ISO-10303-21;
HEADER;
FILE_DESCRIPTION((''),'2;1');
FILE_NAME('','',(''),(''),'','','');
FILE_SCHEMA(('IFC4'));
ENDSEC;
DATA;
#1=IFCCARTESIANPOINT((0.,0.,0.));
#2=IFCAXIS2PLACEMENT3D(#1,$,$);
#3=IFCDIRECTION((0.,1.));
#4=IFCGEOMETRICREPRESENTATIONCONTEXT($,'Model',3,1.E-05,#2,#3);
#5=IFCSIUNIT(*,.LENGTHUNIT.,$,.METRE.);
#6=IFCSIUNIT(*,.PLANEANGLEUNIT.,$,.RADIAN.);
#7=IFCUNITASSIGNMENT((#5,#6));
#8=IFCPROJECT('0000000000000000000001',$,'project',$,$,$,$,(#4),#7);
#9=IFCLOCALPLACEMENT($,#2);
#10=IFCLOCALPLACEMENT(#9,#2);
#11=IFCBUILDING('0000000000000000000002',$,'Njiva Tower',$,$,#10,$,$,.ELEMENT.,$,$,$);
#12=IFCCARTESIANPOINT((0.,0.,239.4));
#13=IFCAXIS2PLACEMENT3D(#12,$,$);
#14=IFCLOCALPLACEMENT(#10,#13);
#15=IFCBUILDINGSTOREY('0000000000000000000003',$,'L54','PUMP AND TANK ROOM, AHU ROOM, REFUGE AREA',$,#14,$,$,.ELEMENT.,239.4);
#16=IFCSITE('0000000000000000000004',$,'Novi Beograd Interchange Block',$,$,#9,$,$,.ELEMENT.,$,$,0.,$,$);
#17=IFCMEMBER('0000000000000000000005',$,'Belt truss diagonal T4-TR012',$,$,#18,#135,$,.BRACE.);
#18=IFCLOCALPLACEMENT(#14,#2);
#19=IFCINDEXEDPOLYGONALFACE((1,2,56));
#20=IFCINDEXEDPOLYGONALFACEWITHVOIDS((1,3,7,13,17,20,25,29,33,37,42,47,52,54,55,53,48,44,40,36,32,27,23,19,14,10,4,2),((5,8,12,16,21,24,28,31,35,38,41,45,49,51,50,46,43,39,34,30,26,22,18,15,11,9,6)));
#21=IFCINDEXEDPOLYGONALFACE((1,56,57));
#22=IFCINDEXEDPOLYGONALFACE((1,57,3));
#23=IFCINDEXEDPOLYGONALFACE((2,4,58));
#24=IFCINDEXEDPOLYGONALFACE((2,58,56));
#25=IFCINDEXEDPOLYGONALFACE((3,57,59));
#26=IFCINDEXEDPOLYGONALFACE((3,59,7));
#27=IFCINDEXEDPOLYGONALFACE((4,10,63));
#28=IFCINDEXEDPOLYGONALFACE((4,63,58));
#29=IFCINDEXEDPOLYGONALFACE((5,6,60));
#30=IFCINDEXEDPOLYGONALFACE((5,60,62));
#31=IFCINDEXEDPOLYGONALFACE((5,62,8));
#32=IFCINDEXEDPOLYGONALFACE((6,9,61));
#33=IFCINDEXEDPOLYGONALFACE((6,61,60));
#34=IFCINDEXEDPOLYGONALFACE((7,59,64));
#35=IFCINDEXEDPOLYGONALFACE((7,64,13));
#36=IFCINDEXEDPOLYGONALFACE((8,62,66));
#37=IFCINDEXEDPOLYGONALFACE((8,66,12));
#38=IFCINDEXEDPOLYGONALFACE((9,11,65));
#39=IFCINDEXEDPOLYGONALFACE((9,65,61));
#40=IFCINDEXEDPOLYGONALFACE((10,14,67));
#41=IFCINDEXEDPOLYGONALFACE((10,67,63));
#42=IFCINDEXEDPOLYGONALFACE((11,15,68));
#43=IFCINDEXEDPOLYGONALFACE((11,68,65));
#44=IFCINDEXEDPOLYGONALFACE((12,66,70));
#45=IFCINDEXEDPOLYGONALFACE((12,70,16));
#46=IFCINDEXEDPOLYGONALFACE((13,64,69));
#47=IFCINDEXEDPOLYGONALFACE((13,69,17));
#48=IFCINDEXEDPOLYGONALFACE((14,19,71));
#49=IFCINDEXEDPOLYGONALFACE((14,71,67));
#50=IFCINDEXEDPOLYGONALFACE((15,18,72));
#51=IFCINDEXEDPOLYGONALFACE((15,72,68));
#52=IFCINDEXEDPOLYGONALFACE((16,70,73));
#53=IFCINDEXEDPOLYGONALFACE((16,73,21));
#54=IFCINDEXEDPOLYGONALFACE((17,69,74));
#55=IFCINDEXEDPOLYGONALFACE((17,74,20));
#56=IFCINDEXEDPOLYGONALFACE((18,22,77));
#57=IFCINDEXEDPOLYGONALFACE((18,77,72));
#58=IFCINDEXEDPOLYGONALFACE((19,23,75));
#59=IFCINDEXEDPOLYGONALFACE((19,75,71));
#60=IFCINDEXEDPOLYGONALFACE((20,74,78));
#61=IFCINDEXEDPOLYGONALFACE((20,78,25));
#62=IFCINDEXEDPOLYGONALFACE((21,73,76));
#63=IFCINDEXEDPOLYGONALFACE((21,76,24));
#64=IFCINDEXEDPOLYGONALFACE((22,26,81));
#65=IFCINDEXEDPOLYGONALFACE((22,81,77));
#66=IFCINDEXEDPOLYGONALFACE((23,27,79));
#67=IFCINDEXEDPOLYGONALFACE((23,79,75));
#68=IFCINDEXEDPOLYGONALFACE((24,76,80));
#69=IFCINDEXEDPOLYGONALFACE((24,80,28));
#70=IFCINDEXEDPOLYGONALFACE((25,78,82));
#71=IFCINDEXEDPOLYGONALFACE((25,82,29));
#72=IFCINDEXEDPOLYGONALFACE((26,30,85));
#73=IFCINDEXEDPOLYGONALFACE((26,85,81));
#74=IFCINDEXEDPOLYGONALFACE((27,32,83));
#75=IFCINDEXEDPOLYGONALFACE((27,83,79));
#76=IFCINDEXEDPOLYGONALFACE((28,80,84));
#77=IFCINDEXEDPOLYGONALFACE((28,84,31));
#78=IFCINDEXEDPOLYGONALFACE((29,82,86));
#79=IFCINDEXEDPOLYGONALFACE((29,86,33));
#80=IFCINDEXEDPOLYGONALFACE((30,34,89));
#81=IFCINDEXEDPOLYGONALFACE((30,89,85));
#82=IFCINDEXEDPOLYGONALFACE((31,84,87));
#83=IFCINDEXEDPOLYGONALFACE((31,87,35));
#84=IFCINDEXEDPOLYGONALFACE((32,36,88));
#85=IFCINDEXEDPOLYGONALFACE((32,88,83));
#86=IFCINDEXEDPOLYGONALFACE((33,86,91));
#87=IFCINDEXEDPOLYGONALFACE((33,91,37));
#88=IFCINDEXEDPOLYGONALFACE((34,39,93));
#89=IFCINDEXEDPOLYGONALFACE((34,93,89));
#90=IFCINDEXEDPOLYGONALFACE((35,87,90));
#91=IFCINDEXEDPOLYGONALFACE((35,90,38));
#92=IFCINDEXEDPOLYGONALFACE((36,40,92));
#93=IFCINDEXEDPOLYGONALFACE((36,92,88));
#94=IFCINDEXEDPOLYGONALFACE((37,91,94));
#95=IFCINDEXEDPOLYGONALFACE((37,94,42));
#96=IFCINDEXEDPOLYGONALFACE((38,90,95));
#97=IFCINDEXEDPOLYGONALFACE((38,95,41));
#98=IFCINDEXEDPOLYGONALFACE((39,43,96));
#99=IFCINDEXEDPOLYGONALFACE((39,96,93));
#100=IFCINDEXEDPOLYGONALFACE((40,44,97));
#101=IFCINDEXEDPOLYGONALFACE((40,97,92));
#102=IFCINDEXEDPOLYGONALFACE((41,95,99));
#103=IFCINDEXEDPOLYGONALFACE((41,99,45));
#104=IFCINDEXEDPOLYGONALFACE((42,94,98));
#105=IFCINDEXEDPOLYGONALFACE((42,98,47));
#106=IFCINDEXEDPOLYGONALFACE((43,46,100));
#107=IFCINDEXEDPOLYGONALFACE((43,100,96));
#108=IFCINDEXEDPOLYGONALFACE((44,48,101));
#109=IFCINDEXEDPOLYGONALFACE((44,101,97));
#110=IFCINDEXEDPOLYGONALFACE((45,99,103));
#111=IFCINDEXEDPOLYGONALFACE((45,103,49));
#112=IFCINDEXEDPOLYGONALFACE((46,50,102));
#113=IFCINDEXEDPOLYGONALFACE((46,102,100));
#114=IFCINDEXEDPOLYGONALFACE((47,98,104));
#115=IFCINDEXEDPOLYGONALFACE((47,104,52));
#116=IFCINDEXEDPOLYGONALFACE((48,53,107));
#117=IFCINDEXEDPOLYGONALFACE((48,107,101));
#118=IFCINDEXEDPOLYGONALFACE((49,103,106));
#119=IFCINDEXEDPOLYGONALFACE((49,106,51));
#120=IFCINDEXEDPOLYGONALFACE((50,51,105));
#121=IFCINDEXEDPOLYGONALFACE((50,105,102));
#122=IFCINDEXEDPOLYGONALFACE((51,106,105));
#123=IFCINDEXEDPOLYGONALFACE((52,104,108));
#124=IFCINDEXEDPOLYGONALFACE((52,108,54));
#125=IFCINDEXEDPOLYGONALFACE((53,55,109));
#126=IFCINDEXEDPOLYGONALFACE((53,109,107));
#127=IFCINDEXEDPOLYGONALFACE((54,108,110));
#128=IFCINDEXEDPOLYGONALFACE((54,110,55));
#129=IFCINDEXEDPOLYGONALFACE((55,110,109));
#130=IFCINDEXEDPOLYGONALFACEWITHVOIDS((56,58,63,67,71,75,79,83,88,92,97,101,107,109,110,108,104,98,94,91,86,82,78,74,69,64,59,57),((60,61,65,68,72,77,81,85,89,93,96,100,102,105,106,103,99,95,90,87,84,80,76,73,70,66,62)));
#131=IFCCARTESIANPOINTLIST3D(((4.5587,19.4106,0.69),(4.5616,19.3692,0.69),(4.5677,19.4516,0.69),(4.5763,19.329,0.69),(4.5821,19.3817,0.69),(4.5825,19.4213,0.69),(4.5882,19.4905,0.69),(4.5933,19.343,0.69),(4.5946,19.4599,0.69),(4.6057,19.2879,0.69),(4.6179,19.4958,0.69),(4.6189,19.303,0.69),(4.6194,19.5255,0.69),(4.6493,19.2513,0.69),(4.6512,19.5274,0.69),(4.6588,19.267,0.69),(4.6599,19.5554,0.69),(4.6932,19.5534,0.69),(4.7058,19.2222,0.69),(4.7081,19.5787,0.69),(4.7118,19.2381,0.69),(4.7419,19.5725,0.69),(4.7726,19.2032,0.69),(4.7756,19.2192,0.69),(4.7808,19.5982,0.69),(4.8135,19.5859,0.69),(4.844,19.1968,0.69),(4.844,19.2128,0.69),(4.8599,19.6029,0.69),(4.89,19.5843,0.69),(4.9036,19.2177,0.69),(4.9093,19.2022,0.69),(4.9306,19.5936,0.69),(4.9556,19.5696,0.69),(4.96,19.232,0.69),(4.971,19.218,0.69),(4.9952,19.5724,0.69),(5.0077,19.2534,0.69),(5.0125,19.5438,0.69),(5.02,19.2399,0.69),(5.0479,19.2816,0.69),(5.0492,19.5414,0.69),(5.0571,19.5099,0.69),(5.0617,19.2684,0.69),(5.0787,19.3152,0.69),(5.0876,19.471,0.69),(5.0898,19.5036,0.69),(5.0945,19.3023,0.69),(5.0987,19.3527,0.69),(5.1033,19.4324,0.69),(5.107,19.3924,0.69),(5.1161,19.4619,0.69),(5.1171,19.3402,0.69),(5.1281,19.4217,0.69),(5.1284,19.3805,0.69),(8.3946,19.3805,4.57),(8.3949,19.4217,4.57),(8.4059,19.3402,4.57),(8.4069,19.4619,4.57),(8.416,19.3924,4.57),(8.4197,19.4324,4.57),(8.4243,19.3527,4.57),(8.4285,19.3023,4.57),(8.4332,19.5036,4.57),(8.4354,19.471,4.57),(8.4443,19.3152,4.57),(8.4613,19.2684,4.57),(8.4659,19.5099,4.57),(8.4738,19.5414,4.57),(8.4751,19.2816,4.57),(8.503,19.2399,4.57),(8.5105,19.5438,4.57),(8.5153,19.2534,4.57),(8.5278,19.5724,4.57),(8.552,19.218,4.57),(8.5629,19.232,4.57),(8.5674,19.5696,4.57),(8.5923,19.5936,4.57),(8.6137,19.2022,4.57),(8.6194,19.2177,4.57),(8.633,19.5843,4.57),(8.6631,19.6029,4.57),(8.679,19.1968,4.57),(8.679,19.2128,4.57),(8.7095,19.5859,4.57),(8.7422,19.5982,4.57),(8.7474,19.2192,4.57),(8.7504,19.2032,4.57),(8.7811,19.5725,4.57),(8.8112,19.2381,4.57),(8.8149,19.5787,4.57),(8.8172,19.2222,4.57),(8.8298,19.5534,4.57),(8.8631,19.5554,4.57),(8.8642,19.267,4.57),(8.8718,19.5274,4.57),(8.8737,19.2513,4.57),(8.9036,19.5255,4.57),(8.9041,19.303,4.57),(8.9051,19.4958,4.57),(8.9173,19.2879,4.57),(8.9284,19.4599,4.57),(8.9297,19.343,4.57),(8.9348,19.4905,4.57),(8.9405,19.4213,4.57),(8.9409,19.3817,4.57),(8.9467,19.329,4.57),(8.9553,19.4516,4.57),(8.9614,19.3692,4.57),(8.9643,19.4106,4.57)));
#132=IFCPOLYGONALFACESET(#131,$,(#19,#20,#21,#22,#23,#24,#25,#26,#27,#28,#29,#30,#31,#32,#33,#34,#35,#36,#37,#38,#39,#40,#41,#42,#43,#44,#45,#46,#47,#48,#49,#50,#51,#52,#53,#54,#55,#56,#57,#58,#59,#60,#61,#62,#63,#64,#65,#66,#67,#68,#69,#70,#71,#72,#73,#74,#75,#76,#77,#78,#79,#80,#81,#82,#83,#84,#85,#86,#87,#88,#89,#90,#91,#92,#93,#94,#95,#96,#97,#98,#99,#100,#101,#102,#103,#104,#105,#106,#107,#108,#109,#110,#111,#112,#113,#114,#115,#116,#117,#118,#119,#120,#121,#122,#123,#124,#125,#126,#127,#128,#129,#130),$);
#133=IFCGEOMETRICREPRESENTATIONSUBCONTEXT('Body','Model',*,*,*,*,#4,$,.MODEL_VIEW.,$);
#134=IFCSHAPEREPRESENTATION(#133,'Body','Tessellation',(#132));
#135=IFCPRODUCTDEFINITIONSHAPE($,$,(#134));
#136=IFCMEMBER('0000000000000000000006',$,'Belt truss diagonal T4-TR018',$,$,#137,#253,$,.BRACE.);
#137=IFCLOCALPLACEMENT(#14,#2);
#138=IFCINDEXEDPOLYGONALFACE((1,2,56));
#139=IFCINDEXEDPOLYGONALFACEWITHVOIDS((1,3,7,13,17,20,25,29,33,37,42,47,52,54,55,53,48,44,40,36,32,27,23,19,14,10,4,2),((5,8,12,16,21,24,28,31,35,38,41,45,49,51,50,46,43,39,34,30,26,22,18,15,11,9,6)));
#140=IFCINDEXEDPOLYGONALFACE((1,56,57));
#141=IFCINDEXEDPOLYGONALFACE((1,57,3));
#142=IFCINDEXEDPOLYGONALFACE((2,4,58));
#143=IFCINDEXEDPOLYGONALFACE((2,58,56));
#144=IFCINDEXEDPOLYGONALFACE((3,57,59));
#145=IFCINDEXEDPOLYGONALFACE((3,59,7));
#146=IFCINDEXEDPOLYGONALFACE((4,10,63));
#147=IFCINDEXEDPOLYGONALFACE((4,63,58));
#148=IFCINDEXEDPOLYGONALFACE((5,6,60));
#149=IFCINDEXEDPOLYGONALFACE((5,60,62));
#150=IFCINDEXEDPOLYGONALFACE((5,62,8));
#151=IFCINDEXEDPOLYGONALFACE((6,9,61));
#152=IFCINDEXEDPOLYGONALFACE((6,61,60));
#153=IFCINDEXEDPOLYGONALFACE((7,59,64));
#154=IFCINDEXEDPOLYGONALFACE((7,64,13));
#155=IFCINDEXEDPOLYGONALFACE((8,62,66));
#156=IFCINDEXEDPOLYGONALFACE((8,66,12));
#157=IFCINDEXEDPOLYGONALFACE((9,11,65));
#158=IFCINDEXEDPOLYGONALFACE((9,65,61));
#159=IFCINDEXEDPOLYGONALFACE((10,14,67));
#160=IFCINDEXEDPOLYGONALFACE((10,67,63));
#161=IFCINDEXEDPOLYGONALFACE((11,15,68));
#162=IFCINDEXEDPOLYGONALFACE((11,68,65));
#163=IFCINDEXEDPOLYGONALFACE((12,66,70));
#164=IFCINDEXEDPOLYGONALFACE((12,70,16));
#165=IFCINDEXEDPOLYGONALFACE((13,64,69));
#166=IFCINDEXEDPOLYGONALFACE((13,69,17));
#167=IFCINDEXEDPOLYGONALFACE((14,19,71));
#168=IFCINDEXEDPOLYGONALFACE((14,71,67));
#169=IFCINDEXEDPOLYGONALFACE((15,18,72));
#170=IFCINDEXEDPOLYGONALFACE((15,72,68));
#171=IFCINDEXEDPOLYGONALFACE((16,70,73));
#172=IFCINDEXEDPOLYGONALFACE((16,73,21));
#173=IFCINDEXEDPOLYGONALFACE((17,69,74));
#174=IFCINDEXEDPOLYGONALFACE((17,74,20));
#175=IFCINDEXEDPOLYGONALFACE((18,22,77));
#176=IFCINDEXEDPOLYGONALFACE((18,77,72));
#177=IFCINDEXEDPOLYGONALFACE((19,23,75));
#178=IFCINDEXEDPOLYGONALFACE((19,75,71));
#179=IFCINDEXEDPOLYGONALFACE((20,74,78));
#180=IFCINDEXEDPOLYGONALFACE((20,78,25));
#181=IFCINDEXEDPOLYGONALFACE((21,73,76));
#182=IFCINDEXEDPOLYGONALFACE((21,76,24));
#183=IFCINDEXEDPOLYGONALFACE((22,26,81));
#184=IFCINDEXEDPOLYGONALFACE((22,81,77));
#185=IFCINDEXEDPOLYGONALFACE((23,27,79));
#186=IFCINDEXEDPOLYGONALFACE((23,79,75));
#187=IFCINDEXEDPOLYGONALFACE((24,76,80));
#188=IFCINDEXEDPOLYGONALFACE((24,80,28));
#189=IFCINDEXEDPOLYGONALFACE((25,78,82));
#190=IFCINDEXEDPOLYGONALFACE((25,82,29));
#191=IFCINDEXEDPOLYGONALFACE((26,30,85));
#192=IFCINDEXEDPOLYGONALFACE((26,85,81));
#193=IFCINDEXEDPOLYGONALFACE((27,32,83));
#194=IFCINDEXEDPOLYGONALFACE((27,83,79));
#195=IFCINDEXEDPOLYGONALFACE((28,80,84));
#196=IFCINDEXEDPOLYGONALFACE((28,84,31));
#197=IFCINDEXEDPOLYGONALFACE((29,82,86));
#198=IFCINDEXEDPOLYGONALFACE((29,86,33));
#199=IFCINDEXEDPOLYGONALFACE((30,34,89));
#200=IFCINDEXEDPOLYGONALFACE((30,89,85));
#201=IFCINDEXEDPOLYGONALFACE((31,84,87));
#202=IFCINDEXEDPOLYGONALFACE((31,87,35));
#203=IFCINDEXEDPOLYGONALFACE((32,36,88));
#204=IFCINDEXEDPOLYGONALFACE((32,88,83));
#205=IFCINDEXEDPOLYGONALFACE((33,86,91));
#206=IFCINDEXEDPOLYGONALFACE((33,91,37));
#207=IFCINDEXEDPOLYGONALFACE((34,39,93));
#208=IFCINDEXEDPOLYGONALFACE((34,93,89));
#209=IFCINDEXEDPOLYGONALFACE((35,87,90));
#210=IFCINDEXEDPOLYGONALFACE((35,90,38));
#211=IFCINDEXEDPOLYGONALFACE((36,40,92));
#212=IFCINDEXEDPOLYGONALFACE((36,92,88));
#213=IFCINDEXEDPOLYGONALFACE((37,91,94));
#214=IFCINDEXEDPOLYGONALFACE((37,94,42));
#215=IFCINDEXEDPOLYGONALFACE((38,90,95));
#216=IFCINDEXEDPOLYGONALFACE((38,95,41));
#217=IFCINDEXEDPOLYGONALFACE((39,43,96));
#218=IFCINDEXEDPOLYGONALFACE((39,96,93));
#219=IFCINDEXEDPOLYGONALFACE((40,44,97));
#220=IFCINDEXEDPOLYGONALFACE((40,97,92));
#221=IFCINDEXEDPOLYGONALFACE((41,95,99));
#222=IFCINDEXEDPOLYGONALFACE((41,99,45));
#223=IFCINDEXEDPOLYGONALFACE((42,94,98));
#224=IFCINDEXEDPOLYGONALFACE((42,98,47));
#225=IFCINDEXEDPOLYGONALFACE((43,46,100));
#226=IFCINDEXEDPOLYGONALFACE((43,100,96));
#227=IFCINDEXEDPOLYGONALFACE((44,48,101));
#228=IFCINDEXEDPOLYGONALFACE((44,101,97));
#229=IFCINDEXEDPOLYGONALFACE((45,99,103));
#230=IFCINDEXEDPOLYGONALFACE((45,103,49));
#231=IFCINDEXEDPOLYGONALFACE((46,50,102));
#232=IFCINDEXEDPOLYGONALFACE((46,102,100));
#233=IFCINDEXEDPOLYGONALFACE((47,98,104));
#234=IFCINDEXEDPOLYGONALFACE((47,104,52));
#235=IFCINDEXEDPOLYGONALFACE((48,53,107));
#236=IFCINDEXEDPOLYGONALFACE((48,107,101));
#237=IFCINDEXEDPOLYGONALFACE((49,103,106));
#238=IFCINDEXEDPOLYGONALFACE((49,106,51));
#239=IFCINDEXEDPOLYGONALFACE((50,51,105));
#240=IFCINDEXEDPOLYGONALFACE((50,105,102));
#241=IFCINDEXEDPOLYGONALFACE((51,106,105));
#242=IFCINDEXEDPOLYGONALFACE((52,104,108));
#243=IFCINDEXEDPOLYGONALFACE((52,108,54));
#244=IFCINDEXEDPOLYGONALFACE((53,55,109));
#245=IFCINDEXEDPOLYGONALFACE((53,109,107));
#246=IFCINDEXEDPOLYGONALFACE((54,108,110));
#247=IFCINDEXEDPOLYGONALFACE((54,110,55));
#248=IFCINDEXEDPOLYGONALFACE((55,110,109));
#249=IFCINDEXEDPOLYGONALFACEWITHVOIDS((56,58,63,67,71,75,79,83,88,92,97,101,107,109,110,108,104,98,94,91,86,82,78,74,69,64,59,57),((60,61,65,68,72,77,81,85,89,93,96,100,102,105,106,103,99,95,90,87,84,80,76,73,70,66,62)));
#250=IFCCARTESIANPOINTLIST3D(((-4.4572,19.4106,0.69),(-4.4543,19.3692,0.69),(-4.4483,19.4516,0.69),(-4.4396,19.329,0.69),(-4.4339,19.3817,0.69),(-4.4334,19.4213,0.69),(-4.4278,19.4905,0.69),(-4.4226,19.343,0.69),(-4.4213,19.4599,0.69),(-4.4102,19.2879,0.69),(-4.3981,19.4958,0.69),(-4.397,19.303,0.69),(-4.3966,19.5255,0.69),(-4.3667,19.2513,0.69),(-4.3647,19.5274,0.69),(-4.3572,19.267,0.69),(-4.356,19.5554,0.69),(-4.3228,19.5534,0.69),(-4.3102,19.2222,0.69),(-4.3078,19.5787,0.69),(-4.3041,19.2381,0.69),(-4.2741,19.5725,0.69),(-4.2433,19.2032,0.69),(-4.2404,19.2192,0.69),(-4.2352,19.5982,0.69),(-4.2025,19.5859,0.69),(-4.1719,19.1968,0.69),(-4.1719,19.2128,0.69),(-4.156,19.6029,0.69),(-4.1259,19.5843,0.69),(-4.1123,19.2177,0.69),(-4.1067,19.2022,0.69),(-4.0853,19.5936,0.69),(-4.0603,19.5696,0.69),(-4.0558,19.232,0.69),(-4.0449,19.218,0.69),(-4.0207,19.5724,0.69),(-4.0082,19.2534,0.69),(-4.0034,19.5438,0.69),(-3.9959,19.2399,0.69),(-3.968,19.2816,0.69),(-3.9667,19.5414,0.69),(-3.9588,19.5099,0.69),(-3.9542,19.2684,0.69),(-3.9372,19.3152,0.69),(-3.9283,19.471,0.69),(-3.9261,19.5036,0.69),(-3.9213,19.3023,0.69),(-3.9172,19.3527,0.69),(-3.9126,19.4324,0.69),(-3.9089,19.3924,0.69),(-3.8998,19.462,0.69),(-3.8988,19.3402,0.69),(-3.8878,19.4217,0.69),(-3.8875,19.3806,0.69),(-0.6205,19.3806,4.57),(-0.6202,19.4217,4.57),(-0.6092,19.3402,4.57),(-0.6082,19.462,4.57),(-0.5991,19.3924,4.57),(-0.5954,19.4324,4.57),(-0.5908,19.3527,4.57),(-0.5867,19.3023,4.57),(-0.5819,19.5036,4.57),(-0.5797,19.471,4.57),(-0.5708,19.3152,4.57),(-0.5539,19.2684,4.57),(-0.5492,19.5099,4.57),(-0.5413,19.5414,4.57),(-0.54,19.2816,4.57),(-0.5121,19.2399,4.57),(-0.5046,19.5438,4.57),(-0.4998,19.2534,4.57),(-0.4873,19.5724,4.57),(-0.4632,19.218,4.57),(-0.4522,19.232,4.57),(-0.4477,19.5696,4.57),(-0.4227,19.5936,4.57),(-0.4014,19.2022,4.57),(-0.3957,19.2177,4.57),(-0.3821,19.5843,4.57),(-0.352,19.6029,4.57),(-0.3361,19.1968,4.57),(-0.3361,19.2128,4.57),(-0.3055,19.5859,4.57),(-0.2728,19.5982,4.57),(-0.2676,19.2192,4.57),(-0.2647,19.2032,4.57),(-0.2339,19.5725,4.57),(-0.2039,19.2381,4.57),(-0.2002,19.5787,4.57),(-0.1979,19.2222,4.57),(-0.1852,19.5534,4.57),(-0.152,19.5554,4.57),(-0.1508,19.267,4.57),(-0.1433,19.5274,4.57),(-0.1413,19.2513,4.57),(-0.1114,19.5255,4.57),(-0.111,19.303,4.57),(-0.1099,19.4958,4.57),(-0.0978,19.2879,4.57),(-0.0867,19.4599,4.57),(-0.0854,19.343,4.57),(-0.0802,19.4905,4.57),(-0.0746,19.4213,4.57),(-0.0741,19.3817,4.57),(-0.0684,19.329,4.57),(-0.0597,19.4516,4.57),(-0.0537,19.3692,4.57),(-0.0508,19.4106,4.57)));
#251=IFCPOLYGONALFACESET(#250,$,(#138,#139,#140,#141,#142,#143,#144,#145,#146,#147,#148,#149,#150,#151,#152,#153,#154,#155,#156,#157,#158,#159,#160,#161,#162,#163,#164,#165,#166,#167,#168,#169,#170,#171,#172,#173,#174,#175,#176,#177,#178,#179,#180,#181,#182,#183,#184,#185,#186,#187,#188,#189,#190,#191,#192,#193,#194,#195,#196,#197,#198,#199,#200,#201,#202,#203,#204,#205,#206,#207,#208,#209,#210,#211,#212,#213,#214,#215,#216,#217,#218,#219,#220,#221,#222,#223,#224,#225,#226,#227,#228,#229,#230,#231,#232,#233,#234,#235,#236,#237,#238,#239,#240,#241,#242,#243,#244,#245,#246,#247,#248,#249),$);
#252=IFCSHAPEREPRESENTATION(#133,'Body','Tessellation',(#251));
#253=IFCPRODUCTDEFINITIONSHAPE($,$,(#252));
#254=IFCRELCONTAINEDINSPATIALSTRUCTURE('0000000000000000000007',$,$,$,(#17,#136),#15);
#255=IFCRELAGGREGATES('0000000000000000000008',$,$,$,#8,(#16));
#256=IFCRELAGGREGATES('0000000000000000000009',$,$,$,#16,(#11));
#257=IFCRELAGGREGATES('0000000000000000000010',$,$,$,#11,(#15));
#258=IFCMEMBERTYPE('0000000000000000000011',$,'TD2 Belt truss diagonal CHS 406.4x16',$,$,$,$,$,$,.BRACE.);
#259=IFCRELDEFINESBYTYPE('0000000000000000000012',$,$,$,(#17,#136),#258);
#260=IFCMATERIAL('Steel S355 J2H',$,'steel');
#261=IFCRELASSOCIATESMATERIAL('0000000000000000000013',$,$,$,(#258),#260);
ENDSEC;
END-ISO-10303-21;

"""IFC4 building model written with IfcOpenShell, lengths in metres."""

from ifc_helpers import new_model, si_unit, direction, frame, origin, origin_2d, place, context, subcontext, project, spatial, hollow_circle, extrude, clip, halfspace, material, material_profile, profile_set, type_object, element, save


model = new_model("IFC4")

# Units and contexts
model_context = context("Model", 3, precision=1e-05, world=origin(), true_north=direction((0.0, 1.0)))
body_context = subcontext(model_context, "Body", "Model", "MODEL_VIEW")
ifc_project = project(units=[si_unit("LENGTHUNIT", "METRE"), si_unit("PLANEANGLEUNIT", "RADIAN")], contexts=[model_context])

# Site, building, storey
site_placement = place(None, origin())
site = spatial("IfcSite", under=ifc_project, at=site_placement, Name="Novi Beograd Interchange Block", CompositionType="ELEMENT", RefElevation=0.0)
building_placement = place(site_placement, origin())
building = spatial("IfcBuilding", under=site, at=building_placement, Name="Njiva Tower", CompositionType="ELEMENT")
storey_placement = place(building_placement, frame((0.0, 0.0, 239.4)))
storey = spatial("IfcBuildingStorey", under=building, at=storey_placement, Name="L54", Description="PUMP AND TANK ROOM, AHU ROOM, REFUGE AREA", CompositionType="ELEMENT", Elevation=239.4)

# Members
ifc_material_1 = material(Name="Steel S355 J2H", Category="steel")
ifc_material_profile_1 = material_profile(ifc_material_1, hollow_circle(Radius=0.2032, WallThickness=0.016, at=origin_2d()), Name="CHS 406.4x16")
ifc_profile_set_1 = profile_set([ifc_material_profile_1], Name="Steel S355 J2H")
member_type_1 = type_object("IfcMemberType", Name="TD2 Belt truss diagonal CHS 406.4x16", PredefinedType="BRACE", material=ifc_profile_set_1)
member_1_placement = place(storey_placement, frame((9.1788, 19.4, 5.0757), z_axis=(-0.702961, 0.0, -0.711228), x_axis=(0.0, -1.0, 0.0)))
element("IfcMember", 1, at=member_1_placement, inside=storey, type_object=member_type_1, Name="Belt truss diagonal T4-TR012", PredefinedType="BRACE", context=body_context, shape_type="Clipping", body=[
    clip(clip(extrude(hollow_circle(Radius=0.2032, WallThickness=0.016, at=origin_2d()), origin(), (0.0, 0.0, 1.0), 6.8774), halfspace(frame((19.4, 6.1727, 6.812), z_axis=(0.0, 0.702961, -0.711228), x_axis=(0.0, -0.711228, -0.702961)), False)), halfspace(frame((19.4, 3.4452, 9.5716), z_axis=(0.0, -0.702961, 0.711228), x_axis=(0.0, 0.711228, 0.702961)), False)),
])
member_2_placement = place(storey_placement, frame((0.1638, 19.4, 5.0757), z_axis=(-0.70304, 0.0, -0.71115), x_axis=(0.0, -1.0, 0.0)))
element("IfcMember", 2, at=member_2_placement, inside=storey, type_object=member_type_1, Name="Belt truss diagonal T4-TR018", PredefinedType="BRACE", context=body_context, shape_type="Clipping", body=[
    clip(clip(extrude(hollow_circle(Radius=0.2032, WallThickness=0.016, at=origin_2d()), origin(), (0.0, 0.0, 1.0), 6.8781), halfspace(frame((19.4, -0.239, 0.4748), z_axis=(0.0, 0.70304, -0.71115), x_axis=(0.0, -0.71115, -0.70304)), False)), halfspace(frame((19.4, -2.9668, 3.2341), z_axis=(0.0, -0.70304, 0.71115), x_axis=(0.0, 0.71115, 0.70304)), False)),
])

save(model, "model.ifc")
